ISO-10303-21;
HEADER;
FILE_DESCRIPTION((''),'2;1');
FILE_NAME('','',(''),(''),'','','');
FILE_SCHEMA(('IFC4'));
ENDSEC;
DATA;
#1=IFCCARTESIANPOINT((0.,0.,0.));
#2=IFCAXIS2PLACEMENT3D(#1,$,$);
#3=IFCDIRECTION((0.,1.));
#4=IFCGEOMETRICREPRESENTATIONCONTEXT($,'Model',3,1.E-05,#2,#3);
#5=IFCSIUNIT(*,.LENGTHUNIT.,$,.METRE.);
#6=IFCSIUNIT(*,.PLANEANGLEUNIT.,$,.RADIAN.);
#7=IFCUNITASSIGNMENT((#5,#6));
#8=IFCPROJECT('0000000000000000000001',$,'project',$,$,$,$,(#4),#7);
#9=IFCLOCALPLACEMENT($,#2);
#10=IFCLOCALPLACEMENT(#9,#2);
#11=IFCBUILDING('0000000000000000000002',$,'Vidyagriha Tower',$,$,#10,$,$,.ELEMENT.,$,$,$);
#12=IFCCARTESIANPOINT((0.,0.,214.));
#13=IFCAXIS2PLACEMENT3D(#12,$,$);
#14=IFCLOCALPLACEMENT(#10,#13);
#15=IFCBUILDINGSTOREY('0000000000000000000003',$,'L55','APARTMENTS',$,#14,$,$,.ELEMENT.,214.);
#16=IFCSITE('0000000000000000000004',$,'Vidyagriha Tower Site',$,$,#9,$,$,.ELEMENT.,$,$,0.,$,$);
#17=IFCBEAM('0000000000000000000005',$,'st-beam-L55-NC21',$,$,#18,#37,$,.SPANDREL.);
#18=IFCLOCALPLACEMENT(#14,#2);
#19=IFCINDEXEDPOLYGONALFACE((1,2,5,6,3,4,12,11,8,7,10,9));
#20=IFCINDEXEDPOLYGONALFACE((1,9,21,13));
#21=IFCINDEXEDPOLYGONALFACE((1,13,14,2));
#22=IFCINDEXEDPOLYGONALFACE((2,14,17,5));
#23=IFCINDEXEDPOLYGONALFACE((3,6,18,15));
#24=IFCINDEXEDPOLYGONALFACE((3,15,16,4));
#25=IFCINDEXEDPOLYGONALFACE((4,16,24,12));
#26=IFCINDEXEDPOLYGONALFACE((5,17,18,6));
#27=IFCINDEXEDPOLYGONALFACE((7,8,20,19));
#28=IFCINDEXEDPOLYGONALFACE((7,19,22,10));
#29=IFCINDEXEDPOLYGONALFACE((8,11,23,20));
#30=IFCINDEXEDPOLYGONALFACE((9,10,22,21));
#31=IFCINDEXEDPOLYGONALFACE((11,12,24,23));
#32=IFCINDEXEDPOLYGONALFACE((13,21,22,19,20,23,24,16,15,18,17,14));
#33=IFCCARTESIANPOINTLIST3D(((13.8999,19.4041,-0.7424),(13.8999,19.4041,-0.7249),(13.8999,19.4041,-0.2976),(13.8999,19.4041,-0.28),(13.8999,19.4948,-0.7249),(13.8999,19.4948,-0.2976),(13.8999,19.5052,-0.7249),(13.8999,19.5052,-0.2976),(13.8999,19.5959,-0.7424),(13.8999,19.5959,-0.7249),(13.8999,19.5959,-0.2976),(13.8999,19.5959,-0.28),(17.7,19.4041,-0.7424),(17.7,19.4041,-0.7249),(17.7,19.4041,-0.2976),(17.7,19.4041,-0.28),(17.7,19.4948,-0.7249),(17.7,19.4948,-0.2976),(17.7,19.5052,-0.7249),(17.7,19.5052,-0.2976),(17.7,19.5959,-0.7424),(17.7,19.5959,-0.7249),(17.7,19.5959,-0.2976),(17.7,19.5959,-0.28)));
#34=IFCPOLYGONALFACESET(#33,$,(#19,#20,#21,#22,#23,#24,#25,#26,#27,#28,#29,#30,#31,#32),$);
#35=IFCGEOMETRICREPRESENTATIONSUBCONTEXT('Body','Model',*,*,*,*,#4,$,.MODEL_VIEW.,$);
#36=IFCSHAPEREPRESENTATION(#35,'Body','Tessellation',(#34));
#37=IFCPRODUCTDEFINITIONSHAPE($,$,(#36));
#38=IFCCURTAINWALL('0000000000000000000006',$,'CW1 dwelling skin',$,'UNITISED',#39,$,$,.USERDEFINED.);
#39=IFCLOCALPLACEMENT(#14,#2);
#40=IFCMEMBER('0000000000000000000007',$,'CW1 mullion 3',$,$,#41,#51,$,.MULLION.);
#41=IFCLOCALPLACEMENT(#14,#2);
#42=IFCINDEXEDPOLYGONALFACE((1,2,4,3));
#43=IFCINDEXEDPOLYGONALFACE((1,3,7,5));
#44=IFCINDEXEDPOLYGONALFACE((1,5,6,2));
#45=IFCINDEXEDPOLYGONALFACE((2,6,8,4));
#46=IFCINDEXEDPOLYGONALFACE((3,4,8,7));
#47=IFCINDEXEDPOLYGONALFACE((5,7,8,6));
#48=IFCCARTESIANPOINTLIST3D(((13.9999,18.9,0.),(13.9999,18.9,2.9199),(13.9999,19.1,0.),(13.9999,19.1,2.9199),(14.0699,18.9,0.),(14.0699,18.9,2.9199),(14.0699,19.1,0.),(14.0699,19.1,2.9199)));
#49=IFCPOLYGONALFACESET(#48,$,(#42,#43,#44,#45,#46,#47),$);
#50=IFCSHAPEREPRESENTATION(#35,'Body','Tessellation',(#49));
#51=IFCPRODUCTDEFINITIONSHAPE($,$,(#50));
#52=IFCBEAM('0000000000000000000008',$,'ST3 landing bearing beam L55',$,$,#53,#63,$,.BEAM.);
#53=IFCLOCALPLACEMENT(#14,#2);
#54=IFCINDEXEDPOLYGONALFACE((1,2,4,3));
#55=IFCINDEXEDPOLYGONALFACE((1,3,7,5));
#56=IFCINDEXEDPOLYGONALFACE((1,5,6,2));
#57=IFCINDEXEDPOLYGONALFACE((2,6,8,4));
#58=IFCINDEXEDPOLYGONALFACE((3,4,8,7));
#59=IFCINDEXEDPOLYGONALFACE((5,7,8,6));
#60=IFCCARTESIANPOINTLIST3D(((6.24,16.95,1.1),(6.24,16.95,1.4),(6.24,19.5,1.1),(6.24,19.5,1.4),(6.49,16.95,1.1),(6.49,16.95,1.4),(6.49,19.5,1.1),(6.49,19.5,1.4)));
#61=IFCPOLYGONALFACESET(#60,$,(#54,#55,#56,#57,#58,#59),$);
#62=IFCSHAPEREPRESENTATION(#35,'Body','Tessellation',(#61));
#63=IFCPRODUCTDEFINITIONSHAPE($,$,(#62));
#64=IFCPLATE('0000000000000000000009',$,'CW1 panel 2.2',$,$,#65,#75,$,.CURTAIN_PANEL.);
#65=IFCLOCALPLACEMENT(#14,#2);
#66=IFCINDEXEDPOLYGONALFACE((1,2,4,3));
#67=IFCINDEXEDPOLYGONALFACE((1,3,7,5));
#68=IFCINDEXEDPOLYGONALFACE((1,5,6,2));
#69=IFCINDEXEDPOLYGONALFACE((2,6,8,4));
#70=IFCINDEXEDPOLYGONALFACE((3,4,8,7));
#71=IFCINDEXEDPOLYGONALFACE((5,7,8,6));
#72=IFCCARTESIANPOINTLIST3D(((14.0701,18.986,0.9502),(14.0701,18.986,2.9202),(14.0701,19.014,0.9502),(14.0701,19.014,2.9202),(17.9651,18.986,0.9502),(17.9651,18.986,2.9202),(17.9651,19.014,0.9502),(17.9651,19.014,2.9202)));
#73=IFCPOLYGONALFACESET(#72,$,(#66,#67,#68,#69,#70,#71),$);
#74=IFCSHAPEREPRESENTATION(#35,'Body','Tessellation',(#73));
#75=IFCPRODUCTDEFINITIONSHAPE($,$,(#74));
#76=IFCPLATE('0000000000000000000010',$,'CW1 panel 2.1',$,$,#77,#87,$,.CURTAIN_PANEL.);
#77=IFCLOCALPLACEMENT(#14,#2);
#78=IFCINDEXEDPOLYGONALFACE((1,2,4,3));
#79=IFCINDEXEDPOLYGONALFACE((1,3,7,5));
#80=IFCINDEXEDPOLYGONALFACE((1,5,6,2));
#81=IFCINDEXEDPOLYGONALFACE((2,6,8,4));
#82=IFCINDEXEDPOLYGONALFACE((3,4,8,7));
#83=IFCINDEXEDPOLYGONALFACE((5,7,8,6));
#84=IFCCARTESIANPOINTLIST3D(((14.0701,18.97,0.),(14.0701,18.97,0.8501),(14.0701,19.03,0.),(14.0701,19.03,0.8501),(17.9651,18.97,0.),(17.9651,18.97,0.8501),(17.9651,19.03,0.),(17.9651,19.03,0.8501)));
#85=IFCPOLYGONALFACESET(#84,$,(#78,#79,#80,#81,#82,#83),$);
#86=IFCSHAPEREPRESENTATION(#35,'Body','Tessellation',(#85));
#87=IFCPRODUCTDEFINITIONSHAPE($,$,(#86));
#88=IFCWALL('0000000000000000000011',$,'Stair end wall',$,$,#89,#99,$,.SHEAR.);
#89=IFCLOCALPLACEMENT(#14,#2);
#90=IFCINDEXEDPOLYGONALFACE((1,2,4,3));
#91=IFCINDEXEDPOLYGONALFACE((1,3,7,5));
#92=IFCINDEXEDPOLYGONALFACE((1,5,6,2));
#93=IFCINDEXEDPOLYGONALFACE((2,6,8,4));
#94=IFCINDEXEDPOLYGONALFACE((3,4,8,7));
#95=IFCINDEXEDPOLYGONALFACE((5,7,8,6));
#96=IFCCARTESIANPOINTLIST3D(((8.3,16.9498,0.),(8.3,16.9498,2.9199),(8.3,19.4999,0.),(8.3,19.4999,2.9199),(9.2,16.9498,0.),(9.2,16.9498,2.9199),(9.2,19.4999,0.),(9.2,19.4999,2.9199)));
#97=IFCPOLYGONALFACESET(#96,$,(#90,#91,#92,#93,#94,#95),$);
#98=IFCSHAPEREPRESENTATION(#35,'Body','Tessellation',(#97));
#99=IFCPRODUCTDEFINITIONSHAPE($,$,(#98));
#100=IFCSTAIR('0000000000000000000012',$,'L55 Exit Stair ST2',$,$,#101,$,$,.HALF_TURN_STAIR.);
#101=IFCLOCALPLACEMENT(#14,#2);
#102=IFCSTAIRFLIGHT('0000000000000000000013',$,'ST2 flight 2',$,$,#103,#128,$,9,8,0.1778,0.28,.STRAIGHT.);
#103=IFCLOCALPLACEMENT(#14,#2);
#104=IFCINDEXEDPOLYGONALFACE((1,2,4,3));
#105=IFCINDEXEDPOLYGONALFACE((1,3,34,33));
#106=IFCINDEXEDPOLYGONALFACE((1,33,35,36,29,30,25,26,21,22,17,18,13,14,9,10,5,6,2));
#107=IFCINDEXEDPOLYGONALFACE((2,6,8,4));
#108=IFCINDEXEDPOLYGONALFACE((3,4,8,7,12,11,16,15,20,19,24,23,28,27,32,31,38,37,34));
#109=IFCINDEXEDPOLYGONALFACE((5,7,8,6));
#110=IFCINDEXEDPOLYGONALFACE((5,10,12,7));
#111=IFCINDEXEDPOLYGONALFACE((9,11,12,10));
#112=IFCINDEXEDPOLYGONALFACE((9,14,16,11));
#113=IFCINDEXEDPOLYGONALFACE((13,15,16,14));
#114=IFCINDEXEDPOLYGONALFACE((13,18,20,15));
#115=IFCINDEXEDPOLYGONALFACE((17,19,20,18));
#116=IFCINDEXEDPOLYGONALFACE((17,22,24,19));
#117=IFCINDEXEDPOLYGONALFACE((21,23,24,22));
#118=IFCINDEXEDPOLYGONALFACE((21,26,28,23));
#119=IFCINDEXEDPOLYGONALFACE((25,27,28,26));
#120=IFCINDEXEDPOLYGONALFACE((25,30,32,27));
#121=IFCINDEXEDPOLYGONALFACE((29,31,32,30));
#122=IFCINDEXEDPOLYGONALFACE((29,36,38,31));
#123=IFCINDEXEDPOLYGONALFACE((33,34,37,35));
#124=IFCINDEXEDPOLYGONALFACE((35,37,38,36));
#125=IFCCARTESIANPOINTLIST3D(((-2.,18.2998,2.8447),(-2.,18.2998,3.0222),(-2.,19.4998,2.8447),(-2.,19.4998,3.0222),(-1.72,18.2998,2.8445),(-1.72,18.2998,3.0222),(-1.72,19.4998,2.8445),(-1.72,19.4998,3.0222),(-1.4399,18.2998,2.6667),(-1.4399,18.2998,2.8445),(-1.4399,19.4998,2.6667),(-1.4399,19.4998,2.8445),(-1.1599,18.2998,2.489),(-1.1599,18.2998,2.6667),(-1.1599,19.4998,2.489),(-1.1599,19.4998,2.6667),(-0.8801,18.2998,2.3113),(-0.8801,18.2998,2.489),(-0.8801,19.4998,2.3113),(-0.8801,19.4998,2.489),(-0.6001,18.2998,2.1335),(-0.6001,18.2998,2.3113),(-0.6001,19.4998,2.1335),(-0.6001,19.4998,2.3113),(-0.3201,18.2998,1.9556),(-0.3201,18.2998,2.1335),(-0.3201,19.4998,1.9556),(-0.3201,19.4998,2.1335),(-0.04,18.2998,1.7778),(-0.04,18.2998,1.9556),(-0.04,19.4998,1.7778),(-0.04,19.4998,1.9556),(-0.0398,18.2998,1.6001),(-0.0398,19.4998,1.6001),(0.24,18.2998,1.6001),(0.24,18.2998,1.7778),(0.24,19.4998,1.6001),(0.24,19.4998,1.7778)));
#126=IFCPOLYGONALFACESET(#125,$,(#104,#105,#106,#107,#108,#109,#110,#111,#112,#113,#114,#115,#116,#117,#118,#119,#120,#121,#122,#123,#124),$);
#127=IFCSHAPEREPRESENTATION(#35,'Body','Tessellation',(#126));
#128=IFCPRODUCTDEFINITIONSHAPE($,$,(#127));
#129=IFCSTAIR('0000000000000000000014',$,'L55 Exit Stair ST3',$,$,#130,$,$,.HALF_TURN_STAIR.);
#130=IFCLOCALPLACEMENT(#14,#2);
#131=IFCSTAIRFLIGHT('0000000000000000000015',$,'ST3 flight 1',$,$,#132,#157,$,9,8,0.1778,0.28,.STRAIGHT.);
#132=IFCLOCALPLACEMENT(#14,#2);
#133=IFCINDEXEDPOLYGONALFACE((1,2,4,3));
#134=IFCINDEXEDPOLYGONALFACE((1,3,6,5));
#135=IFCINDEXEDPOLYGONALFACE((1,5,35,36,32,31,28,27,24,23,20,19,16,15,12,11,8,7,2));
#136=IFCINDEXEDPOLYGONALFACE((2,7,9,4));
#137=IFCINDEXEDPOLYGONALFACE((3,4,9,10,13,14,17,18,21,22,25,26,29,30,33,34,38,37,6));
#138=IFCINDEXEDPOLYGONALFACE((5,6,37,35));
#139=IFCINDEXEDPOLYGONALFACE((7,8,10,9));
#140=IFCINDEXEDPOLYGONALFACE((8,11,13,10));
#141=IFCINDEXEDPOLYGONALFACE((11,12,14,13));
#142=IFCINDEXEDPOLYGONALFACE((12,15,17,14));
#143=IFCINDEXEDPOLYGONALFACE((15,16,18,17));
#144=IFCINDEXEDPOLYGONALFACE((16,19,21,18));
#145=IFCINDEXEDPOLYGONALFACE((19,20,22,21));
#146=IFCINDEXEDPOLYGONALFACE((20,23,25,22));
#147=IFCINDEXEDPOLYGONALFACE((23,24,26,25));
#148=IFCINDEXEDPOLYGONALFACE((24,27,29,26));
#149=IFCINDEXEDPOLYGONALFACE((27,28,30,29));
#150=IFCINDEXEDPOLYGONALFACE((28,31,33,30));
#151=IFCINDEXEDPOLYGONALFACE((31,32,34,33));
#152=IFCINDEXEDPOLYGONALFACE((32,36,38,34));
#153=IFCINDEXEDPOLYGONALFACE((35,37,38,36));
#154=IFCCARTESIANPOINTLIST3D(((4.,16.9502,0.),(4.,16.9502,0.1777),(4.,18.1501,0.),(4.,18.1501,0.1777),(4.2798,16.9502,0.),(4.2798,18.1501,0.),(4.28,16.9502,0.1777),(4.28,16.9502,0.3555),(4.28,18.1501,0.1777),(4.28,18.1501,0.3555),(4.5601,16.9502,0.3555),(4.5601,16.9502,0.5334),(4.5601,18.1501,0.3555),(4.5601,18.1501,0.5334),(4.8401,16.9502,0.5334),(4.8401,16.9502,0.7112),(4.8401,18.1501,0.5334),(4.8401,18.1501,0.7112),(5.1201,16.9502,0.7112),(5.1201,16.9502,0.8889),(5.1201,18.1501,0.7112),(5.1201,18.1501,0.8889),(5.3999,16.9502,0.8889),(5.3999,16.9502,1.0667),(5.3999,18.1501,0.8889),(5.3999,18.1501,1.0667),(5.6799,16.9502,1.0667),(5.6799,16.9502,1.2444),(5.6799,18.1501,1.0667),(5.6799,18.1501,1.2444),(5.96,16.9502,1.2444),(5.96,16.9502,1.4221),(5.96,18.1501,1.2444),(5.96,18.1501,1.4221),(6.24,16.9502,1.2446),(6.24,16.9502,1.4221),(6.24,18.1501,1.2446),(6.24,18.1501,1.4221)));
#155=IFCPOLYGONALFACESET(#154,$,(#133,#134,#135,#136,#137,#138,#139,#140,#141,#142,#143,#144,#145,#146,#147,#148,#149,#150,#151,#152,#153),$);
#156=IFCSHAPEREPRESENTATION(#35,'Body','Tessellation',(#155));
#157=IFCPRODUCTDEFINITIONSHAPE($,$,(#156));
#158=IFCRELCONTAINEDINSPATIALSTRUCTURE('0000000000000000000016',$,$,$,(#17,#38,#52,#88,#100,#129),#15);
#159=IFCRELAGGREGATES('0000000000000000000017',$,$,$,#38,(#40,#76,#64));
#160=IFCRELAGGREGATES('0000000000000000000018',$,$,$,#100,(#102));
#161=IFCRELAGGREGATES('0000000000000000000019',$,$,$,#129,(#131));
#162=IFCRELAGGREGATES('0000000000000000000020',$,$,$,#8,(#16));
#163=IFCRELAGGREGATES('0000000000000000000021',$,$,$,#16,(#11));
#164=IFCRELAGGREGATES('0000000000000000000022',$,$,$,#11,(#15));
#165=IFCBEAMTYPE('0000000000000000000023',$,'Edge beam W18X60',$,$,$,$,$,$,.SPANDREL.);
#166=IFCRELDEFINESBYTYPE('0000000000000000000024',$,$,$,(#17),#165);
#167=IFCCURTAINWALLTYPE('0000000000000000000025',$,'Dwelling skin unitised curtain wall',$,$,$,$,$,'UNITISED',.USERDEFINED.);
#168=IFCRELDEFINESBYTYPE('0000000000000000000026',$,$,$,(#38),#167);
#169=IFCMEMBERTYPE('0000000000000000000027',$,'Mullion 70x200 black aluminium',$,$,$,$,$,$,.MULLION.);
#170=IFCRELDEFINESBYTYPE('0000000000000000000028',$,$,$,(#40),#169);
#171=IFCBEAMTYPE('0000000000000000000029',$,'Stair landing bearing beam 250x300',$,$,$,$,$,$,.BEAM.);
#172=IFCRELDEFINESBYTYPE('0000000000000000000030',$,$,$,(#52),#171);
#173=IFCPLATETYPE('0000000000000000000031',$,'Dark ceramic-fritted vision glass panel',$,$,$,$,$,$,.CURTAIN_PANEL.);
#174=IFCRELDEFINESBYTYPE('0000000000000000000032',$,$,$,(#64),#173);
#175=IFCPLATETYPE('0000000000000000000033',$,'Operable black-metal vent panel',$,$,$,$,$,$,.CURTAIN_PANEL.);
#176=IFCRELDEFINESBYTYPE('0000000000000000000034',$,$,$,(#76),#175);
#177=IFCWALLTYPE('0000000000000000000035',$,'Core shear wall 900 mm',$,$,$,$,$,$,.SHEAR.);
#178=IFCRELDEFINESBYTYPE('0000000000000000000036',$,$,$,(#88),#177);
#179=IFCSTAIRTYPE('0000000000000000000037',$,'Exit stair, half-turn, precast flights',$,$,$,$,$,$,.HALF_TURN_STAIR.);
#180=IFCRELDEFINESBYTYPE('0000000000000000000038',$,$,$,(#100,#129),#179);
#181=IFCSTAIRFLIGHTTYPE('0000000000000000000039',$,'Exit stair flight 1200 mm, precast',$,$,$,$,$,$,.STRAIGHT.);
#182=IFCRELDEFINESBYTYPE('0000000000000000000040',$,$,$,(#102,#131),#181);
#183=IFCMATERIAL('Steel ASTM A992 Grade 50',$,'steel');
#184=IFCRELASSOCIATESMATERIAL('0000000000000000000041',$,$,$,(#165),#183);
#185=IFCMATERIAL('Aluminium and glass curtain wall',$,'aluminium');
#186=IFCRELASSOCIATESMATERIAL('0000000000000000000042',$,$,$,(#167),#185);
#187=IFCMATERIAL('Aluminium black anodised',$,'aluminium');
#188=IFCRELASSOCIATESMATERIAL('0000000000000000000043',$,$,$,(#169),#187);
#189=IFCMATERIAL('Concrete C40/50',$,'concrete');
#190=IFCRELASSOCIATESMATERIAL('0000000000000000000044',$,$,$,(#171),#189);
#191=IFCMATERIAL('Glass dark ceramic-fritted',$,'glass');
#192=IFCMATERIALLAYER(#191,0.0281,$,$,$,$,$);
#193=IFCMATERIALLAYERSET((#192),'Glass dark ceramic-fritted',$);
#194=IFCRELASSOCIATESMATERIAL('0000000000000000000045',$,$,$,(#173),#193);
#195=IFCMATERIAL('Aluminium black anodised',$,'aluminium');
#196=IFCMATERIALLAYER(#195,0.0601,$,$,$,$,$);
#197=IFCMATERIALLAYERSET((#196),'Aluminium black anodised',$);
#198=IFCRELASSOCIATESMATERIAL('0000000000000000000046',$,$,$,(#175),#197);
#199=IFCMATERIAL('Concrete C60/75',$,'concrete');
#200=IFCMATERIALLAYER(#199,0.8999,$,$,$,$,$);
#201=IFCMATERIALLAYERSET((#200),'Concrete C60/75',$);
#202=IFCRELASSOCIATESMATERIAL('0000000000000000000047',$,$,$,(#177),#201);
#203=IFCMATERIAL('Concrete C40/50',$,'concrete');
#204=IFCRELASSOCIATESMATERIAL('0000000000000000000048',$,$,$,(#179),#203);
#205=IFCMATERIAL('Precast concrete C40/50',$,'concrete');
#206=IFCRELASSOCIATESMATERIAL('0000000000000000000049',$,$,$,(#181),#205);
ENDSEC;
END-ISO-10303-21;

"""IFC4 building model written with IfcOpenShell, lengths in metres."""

from ifc_helpers import new_model, si_unit, direction, frame, frame_2d, origin, origin_2d, place, context, subcontext, project, spatial, polyline, rectangle, i_section, outline, extrude, material, layer, layer_set, material_profile, profile_set, type_object, element, aggregate, save


model = new_model("IFC4")

# Units and contexts
model_context = context("Model", 3, precision=1e-05, world=origin(), true_north=direction((0.0, 1.0)))
body_context = subcontext(model_context, "Body", "Model", "MODEL_VIEW")
ifc_project = project(units=[si_unit("LENGTHUNIT", "METRE"), si_unit("PLANEANGLEUNIT", "RADIAN")], contexts=[model_context])

# Site, building, storey
site_placement = place(None, origin())
site = spatial("IfcSite", under=ifc_project, at=site_placement, Name="Vidyagriha Tower Site", CompositionType="ELEMENT", RefElevation=0.0)
building_placement = place(site_placement, origin())
building = spatial("IfcBuilding", under=site, at=building_placement, Name="Vidyagriha Tower", CompositionType="ELEMENT")
storey_placement = place(building_placement, frame((0.0, 0.0, 214.0)))
storey = spatial("IfcBuildingStorey", under=building, at=storey_placement, Name="L55", Description="APARTMENTS", CompositionType="ELEMENT", Elevation=214.0)

# Beam
ifc_material_1 = material(Name="Steel ASTM A992 Grade 50", Category="steel")
ifc_material_profile_1 = material_profile(ifc_material_1, i_section(OverallWidth=0.1919, OverallDepth=0.4624, WebThickness=0.0105, FlangeThickness=0.0176, at=origin_2d()), Name="W18X60")
ifc_profile_set_1 = profile_set([ifc_material_profile_1], Name="Steel ASTM A992 Grade 50")
beam_type_1 = type_object("IfcBeamType", Name="Edge beam W18X60", PredefinedType="SPANDREL", material=ifc_profile_set_1)
beam_1_placement = place(storey_placement, frame((13.8999, 19.5, -0.5112), z_axis=(1.0, 0.0, 0.0), x_axis=(0.0, 1.0, 0.0)))
element("IfcBeam", 1, at=beam_1_placement, inside=storey, type_object=beam_type_1, Name="st-beam-L55-NC21", PredefinedType="SPANDREL", context=body_context, shape_type="SweptSolid", body=[
    extrude(i_section(OverallWidth=0.1919, OverallDepth=0.4624, WebThickness=0.0105, FlangeThickness=0.0176, at=origin_2d()), origin(), (0.0, 0.0, 1.0), 3.8),
])

# Curtain wall, member
ifc_material_2 = material(Name="Aluminium and glass curtain wall", Category="aluminium")
curtain_wall_type = type_object("IfcCurtainWallType", Name="Dwelling skin unitised curtain wall", ElementType="UNITISED", PredefinedType="USERDEFINED", material=ifc_material_2)
curtain_wall_placement = place(storey_placement, origin())
curtain_wall = element("IfcCurtainWall", 2, at=curtain_wall_placement, inside=storey, type_object=curtain_wall_type, Name="CW1 dwelling skin", ObjectType="UNITISED", PredefinedType="USERDEFINED")
ifc_material_3 = material(Name="Aluminium black anodised", Category="aluminium")
ifc_material_profile_2 = material_profile(ifc_material_3, rectangle(XDim=0.2, YDim=0.0701, at=origin_2d()), Name="Mullion 70x200 black aluminium")
ifc_profile_set_2 = profile_set([ifc_material_profile_2], Name="Aluminium black anodised")
member_type = type_object("IfcMemberType", Name="Mullion 70x200 black aluminium", PredefinedType="MULLION", material=ifc_profile_set_2)
member_placement = place(storey_placement, frame((14.0349, 19.0, 0.0), z_axis=(0.0, 0.0, 1.0), x_axis=(0.0, -1.0, 0.0)))
member = element("IfcMember", 3, at=member_placement, type_object=member_type, Name="CW1 mullion 3", PredefinedType="MULLION", context=body_context, shape_type="SweptSolid", body=[
    extrude(rectangle(XDim=0.2, YDim=0.0701, at=origin_2d()), origin(), (0.0, 0.0, 1.0), 2.9199),
])

# Beam
ifc_material_4 = material(Name="Concrete C40/50", Category="concrete")
ifc_material_profile_3 = material_profile(ifc_material_4, rectangle(XDim=0.25, YDim=0.3, at=origin_2d()), Name="Stair landing bearing beam 250x300")
ifc_profile_set_3 = profile_set([ifc_material_profile_3], Name="Concrete C40/50")
beam_type_2 = type_object("IfcBeamType", Name="Stair landing bearing beam 250x300", PredefinedType="BEAM", material=ifc_profile_set_3)
beam_2_placement = place(storey_placement, frame((6.365, 16.95, 1.25), z_axis=(0.0, 1.0, 0.0), x_axis=(-1.0, 0.0, 0.0)))
element("IfcBeam", 4, at=beam_2_placement, inside=storey, type_object=beam_type_2, Name="ST3 landing bearing beam L55", PredefinedType="BEAM", context=body_context, shape_type="SweptSolid", body=[
    extrude(rectangle(XDim=0.25, YDim=0.3, at=origin_2d()), origin(), (0.0, 0.0, 1.0), 2.55),
])

# Plates
ifc_material_5 = material(Name="Glass dark ceramic-fritted", Category="glass")
ifc_layer_1 = layer(ifc_material_5, 0.0281)
ifc_layer_set_1 = layer_set([ifc_layer_1], Name="Glass dark ceramic-fritted")
plate_type_1 = type_object("IfcPlateType", Name="Dark ceramic-fritted vision glass panel", PredefinedType="CURTAIN_PANEL", material=ifc_layer_set_1)
plate_1_placement = place(storey_placement, frame((16.0176, 19.0, 0.9502), z_axis=(0.0, 0.0, 1.0), x_axis=(-1.0, 0.0, 0.0)))
plate_1 = element("IfcPlate", 5, at=plate_1_placement, type_object=plate_type_1, Name="CW1 panel 2.2", PredefinedType="CURTAIN_PANEL", context=body_context, shape_type="SweptSolid", body=[
    extrude(rectangle(XDim=3.895, YDim=0.0281, at=origin_2d()), origin(), (0.0, 0.0, 1.0), 1.97),
])
ifc_material_6 = material(Name="Aluminium black anodised", Category="aluminium")
ifc_layer_2 = layer(ifc_material_6, 0.0601)
ifc_layer_set_2 = layer_set([ifc_layer_2], Name="Aluminium black anodised")
plate_type_2 = type_object("IfcPlateType", Name="Operable black-metal vent panel", PredefinedType="CURTAIN_PANEL", material=ifc_layer_set_2)
plate_2_placement = place(storey_placement, frame((16.0176, 19.0, 0.0), z_axis=(0.0, 0.0, 1.0), x_axis=(-1.0, 0.0, 0.0)))
plate_2 = element("IfcPlate", 6, at=plate_2_placement, type_object=plate_type_2, Name="CW1 panel 2.1", PredefinedType="CURTAIN_PANEL", context=body_context, shape_type="SweptSolid", body=[
    extrude(rectangle(XDim=3.895, YDim=0.0601, at=origin_2d()), origin(), (0.0, 0.0, 1.0), 0.8501),
])
aggregate(curtain_wall, [member, plate_2, plate_1])

# Wall
ifc_material_7 = material(Name="Concrete C60/75", Category="concrete")
ifc_layer_3 = layer(ifc_material_7, 0.8999)
ifc_layer_set_3 = layer_set([ifc_layer_3], Name="Concrete C60/75")
wall_type = type_object("IfcWallType", Name="Core shear wall 900 mm", PredefinedType="SHEAR", material=ifc_layer_set_3)
wall_placement = place(storey_placement, frame((8.75, 16.95, 0.0), z_axis=(0.0, 0.0, 1.0), x_axis=(0.0, 1.0, 0.0)))
element("IfcWall", 7, at=wall_placement, inside=storey, type_object=wall_type, Name="Stair end wall", PredefinedType="SHEAR", context=body_context, shape_type="SweptSolid", body=[
    extrude(rectangle(XDim=2.55, YDim=0.8999, at=frame_2d((1.2749, 0.0))), origin(), (0.0, 0.0, 1.0), 2.9199),
])

# Stair, stair flight
ifc_material_8 = material(Name="Concrete C40/50", Category="concrete")
stair_type = type_object("IfcStairType", Name="Exit stair, half-turn, precast flights", PredefinedType="HALF_TURN_STAIR", material=ifc_material_8)
stair_1_placement = place(storey_placement, origin())
stair_1 = element("IfcStair", 8, at=stair_1_placement, inside=storey, type_object=stair_type, Name="L55 Exit Stair ST2", PredefinedType="HALF_TURN_STAIR")
ifc_material_9 = material(Name="Precast concrete C40/50", Category="concrete")
stair_flight_type = type_object("IfcStairFlightType", Name="Exit stair flight 1200 mm, precast", PredefinedType="STRAIGHT", material=ifc_material_9)
stair_flight_1_placement = place(storey_placement, frame((0.24, 18.8999, 1.6001), z_axis=(0.0, 0.0, 1.0), x_axis=(-1.0, 0.0, 0.0)))
stair_flight_1 = element("IfcStairFlight", 9, at=stair_flight_1_placement, type_object=stair_flight_type, Name="ST2 flight 2", NumberOfRisers=9, NumberOfTreads=8, PredefinedType="STRAIGHT", RiserHeight=0.1778, TreadLength=0.28, context=body_context, shape_type="SweptSolid", body=[
    extrude(outline(polyline([(0.0, 0.0), (0.0, 0.1777), (0.28, 0.1777), (0.28, 0.3555), (0.5601, 0.3555), (0.5601, 0.5334), (0.8401, 0.5334), (0.8401, 0.7112), (1.1201, 0.7112), (1.1201, 0.8889), (1.3999, 0.8889), (1.3999, 1.0667), (1.6799, 1.0667), (1.6799, 1.2444), (1.96, 1.2444), (1.96, 1.4221), (2.24, 1.4221), (2.24, 1.6001), (2.24, 1.2446), (0.2798, 0.0), (0.0, 0.0)])), frame((0.0, 0.6001, 0.0), z_axis=(0.0, -1.0, 0.0), x_axis=(1.0, 0.0, 0.0)), (0.0, 0.0, 1.0), 1.2),
])
aggregate(stair_1, [stair_flight_1])

# Stair, stair flight
stair_2_placement = place(storey_placement, origin())
stair_2 = element("IfcStair", 10, at=stair_2_placement, inside=storey, type_object=stair_type, Name="L55 Exit Stair ST3", PredefinedType="HALF_TURN_STAIR")
stair_flight_2_placement = place(storey_placement, frame((4.0, 17.55, 0.0)))
stair_flight_2 = element("IfcStairFlight", 11, at=stair_flight_2_placement, type_object=stair_flight_type, Name="ST3 flight 1", NumberOfRisers=9, NumberOfTreads=8, PredefinedType="STRAIGHT", RiserHeight=0.1778, TreadLength=0.28, context=body_context, shape_type="SweptSolid", body=[
    extrude(outline(polyline([(0.0, 0.0), (0.0, 0.1777), (0.28, 0.1777), (0.28, 0.3555), (0.5601, 0.3555), (0.5601, 0.5334), (0.8401, 0.5334), (0.8401, 0.7112), (1.1201, 0.7112), (1.1201, 0.8889), (1.3999, 0.8889), (1.3999, 1.0667), (1.6799, 1.0667), (1.6799, 1.2444), (1.96, 1.2444), (1.96, 1.4221), (2.24, 1.4221), (2.24, 1.6001), (2.24, 1.2446), (0.2798, 0.0), (0.0, 0.0)])), frame((0.0, 0.6001, 0.0), z_axis=(0.0, -1.0, 0.0), x_axis=(1.0, 0.0, 0.0)), (0.0, 0.0, 1.0), 1.2),
])
aggregate(stair_2, [stair_flight_2])

save(model, "model.ifc")
